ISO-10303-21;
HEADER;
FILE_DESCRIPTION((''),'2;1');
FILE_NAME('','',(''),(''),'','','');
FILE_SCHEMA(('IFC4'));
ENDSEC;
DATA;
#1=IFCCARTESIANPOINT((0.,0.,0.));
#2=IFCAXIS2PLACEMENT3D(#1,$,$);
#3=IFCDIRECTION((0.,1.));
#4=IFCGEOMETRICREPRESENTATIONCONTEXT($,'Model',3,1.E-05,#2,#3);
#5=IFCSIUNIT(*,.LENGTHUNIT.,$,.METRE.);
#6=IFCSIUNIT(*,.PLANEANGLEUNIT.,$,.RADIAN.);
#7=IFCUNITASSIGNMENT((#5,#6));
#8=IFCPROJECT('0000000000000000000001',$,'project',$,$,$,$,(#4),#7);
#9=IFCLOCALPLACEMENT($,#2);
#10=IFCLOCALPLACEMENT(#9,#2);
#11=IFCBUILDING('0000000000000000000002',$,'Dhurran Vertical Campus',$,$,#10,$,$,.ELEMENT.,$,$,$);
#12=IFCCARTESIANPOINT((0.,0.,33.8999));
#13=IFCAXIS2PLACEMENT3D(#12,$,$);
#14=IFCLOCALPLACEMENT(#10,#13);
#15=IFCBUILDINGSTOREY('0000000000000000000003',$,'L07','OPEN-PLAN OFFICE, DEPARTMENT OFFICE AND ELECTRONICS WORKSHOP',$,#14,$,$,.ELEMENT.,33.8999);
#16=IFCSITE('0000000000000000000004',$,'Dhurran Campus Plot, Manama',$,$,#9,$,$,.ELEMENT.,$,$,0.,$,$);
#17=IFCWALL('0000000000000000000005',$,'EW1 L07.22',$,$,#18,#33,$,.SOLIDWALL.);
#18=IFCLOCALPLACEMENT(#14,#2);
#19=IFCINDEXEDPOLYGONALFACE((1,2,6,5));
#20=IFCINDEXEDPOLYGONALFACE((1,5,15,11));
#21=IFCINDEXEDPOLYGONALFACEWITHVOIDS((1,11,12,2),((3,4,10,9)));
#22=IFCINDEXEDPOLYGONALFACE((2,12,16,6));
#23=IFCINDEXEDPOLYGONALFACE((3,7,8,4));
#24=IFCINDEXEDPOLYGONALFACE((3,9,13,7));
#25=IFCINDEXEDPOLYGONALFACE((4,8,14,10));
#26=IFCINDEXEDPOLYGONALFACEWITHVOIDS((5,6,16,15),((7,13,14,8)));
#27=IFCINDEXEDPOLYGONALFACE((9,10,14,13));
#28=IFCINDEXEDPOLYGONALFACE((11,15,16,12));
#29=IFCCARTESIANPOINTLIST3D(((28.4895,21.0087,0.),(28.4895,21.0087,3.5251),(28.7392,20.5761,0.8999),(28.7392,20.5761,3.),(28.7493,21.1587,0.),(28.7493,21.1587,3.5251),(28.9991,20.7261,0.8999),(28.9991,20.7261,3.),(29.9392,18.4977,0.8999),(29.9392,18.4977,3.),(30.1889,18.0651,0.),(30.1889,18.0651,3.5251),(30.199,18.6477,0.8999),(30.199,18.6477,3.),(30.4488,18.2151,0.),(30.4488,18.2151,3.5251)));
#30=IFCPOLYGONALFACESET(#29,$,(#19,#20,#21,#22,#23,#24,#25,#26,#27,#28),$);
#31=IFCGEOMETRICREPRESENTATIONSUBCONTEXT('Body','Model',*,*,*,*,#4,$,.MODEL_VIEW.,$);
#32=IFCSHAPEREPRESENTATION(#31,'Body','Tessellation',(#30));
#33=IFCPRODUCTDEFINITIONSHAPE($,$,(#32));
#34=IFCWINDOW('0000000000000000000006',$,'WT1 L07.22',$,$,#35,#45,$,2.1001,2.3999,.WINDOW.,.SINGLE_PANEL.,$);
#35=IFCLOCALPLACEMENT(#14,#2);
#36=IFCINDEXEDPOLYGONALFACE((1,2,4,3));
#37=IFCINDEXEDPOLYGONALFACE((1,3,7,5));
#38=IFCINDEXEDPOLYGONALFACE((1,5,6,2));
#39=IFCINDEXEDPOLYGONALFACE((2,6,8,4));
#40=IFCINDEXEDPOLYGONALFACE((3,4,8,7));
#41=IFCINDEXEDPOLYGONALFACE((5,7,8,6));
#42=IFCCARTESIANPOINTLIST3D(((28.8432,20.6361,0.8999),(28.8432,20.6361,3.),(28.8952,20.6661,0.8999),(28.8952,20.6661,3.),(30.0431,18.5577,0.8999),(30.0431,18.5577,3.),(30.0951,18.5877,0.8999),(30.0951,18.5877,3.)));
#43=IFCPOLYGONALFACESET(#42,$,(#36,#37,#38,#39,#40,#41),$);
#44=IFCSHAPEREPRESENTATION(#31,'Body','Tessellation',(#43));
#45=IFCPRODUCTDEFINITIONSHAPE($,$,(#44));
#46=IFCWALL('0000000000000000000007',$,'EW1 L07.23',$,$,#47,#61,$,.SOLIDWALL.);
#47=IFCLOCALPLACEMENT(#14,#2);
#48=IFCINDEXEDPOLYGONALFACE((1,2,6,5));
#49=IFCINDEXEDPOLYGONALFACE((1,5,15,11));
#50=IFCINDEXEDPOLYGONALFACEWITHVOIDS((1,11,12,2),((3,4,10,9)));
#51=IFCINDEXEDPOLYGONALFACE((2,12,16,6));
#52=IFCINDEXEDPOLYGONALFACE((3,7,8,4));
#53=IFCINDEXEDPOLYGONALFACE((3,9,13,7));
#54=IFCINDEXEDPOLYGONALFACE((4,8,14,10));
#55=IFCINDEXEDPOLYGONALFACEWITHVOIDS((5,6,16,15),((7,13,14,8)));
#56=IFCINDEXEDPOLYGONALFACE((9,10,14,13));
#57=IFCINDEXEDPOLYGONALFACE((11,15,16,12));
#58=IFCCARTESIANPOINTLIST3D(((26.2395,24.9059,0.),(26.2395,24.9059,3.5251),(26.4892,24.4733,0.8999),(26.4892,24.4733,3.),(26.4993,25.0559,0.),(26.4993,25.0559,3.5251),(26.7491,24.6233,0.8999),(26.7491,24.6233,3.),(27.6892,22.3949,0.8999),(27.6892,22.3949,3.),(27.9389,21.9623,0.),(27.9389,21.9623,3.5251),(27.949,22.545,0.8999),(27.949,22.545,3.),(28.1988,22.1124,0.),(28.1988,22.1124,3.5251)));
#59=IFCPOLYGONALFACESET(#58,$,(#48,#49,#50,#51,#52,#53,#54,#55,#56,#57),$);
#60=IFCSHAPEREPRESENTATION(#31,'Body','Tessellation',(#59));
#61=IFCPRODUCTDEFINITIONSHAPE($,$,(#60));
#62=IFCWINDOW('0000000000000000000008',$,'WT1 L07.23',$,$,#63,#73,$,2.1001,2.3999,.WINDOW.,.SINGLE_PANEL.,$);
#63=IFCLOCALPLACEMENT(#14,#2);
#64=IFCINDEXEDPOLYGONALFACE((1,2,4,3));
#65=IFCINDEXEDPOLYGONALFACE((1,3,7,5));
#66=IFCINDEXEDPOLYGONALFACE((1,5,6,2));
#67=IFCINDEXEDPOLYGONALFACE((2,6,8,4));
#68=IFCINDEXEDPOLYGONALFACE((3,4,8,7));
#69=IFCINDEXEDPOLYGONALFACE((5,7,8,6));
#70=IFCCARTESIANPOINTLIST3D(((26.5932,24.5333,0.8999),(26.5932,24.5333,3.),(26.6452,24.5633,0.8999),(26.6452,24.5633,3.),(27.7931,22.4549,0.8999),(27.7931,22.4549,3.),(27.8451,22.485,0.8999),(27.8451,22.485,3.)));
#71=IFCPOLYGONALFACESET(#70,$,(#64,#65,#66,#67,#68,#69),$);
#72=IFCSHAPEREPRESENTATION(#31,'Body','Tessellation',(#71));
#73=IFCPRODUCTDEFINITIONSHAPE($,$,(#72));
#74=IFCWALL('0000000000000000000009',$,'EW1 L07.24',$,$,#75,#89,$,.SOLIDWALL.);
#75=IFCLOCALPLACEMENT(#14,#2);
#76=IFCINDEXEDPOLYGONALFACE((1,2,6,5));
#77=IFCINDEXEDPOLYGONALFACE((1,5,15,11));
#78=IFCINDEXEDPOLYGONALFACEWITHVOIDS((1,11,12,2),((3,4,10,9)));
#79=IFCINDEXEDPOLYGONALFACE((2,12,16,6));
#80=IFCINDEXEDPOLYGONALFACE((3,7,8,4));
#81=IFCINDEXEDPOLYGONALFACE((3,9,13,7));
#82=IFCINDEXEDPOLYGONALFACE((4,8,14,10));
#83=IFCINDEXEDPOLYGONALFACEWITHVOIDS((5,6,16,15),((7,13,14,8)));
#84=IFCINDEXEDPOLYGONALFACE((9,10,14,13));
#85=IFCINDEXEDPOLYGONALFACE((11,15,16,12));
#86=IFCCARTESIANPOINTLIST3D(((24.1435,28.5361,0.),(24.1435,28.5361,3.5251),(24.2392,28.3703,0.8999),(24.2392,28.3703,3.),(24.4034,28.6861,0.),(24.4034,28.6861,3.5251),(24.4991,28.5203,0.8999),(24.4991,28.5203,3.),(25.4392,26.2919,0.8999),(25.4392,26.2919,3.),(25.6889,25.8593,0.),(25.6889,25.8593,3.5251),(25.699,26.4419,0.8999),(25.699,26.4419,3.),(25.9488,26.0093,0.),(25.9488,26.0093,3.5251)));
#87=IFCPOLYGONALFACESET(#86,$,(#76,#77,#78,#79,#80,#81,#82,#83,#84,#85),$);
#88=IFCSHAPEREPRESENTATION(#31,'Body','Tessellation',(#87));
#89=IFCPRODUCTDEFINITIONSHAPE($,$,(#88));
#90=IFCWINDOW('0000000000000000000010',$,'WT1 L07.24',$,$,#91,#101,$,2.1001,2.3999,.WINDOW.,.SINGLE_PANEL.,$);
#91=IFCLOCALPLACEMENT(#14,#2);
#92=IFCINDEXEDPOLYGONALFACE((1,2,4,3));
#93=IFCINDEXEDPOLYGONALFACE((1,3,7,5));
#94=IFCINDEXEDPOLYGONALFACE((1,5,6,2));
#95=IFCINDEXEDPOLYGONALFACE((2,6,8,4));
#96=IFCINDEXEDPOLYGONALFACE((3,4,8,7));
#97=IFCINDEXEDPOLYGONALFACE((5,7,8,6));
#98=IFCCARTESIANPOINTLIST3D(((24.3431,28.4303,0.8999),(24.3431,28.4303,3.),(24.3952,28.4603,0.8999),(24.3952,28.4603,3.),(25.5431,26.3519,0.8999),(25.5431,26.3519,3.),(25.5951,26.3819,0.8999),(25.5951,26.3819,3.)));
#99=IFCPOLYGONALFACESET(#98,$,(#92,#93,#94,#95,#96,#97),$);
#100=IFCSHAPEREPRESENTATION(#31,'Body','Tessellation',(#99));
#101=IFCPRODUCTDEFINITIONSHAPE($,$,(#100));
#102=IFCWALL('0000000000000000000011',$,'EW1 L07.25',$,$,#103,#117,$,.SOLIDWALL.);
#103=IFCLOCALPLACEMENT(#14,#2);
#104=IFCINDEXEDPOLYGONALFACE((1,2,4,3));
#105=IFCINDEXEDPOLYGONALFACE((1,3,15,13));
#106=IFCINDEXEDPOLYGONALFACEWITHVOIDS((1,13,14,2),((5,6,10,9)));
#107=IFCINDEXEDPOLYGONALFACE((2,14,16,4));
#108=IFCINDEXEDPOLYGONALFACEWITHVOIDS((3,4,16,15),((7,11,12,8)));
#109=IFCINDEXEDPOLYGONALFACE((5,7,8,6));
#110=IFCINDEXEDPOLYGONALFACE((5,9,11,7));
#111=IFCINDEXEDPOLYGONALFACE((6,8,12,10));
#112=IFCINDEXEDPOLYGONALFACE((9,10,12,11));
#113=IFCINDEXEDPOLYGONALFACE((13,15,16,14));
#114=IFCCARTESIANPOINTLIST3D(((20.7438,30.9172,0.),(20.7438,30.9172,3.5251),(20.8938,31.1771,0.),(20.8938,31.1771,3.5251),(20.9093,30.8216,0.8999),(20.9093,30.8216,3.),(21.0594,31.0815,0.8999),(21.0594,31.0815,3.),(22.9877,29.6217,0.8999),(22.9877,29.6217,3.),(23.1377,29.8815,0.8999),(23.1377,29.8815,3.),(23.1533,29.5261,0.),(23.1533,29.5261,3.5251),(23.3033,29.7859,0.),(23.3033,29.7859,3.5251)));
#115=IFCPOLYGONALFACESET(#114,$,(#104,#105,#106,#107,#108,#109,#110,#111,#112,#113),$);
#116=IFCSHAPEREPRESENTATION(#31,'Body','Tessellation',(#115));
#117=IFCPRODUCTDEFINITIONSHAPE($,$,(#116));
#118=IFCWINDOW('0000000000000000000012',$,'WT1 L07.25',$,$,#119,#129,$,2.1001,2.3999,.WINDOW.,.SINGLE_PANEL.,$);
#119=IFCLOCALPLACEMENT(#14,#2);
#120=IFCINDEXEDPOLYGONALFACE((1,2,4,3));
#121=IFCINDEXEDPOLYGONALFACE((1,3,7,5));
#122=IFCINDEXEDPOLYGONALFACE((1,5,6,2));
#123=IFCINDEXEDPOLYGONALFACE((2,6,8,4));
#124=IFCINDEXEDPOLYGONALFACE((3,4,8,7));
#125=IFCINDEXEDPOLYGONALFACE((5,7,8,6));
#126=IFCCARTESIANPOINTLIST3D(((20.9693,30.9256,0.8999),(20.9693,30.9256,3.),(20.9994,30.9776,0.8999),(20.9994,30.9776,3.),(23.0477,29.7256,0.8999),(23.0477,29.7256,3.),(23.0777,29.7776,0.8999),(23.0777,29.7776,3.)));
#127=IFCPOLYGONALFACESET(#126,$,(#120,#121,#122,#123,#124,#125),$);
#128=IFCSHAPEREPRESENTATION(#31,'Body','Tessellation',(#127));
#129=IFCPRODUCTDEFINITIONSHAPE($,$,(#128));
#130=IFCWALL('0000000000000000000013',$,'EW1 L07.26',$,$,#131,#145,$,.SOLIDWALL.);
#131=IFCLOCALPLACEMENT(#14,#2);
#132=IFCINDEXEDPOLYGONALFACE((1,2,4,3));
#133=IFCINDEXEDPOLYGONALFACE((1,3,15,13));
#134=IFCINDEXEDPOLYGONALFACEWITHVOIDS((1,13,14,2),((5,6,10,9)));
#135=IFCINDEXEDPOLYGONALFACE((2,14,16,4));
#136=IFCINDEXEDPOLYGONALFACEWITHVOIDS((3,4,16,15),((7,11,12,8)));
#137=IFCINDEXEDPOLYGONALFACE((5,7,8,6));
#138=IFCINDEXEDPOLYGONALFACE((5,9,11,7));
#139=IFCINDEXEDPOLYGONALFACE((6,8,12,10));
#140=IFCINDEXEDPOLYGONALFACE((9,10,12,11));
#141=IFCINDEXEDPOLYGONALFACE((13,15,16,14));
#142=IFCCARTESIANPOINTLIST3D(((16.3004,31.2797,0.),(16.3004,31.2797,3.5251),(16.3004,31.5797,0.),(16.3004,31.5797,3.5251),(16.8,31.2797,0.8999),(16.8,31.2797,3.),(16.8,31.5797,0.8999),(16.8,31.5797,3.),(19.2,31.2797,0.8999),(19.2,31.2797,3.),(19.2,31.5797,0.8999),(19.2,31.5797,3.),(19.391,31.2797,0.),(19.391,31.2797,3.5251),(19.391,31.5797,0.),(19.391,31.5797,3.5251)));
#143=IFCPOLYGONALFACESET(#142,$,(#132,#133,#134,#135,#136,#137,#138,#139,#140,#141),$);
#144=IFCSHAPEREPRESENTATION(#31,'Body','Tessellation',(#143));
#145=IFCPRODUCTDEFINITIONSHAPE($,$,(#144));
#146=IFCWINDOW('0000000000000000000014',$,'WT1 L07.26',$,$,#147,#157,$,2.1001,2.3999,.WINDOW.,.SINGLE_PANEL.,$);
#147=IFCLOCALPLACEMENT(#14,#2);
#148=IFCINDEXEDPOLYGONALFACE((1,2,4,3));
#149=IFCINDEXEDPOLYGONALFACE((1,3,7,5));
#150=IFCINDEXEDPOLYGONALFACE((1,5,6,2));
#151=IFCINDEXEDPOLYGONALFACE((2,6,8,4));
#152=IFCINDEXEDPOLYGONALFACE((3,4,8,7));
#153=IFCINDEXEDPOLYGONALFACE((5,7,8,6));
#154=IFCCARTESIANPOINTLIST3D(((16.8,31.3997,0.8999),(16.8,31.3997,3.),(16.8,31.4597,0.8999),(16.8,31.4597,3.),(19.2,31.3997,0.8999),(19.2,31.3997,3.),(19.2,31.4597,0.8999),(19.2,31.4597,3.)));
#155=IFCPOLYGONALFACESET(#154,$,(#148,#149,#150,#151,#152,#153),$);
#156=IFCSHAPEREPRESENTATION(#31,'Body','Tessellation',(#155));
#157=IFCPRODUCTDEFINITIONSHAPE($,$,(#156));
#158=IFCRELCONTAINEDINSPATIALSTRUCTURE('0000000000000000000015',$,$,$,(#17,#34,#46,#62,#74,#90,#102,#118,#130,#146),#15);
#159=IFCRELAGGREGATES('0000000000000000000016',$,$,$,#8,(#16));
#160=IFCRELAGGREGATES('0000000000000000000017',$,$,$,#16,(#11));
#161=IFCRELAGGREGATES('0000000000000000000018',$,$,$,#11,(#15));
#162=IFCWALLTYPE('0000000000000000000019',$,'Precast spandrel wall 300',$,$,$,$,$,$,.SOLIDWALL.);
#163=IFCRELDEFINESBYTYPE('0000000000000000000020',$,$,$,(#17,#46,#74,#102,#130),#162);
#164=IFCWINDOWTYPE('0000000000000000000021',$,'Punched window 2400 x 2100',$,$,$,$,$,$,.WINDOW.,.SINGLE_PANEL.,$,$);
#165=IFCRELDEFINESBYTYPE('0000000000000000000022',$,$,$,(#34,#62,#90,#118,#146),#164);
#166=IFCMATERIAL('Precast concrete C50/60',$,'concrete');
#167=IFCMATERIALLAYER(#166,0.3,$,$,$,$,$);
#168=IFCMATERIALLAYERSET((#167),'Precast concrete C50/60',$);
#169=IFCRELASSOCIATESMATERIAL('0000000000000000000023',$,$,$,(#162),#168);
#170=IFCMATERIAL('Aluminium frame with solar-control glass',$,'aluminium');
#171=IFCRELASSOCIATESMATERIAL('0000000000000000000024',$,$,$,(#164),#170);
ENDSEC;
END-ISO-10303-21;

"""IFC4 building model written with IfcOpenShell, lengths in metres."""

from ifc_helpers import new_model, si_unit, direction, frame, frame_2d, origin, place, context, subcontext, project, spatial, rectangle, extrude, material, layer, layer_set, type_object, element, fill, save


model = new_model("IFC4")

# Units and contexts
model_context = context("Model", 3, precision=1e-05, world=origin(), true_north=direction((0.0, 1.0)))
body_context = subcontext(model_context, "Body", "Model", "MODEL_VIEW")
ifc_project = project(units=[si_unit("LENGTHUNIT", "METRE"), si_unit("PLANEANGLEUNIT", "RADIAN")], contexts=[model_context])

# Site, building, storey
site_placement = place(None, origin())
site = spatial("IfcSite", under=ifc_project, at=site_placement, Name="Dhurran Campus Plot, Manama", CompositionType="ELEMENT", RefElevation=0.0)
building_placement = place(site_placement, origin())
building = spatial("IfcBuilding", under=site, at=building_placement, Name="Dhurran Vertical Campus", CompositionType="ELEMENT")
storey_placement = place(building_placement, frame((0.0, 0.0, 33.8999)))
storey = spatial("IfcBuildingStorey", under=building, at=storey_placement, Name="L07", Description="OPEN-PLAN OFFICE, DEPARTMENT OFFICE AND ELECTRONICS WORKSHOP", CompositionType="ELEMENT", Elevation=33.8999)

# Walls, openings, windows
ifc_material_1 = material(Name="Precast concrete C50/60", Category="concrete")
ifc_layer_1 = layer(ifc_material_1, 0.3)
ifc_layer_set_1 = layer_set([ifc_layer_1], Name="Precast concrete C50/60")
wall_type_1 = type_object("IfcWallType", Name="Precast spandrel wall 300", PredefinedType="SOLIDWALL", material=ifc_layer_set_1)
ifc_material_2 = material(Name="Aluminium frame with solar-control glass", Category="aluminium")
window_type = type_object("IfcWindowType", Name="Punched window 2400 x 2100", PartitioningType="SINGLE_PANEL", PredefinedType="WINDOW", material=ifc_material_2)
wall_1_placement = place(storey_placement, frame((30.3188, 18.1401, 0.0), z_axis=(0.0, 0.0, 1.0), x_axis=(-0.499994, 0.866029, 0.0)))
wall_1 = element("IfcWall", 1, at=wall_1_placement, inside=storey, type_object=wall_type_1, Name="EW1 L07.22", PredefinedType="SOLIDWALL", context=body_context, shape_type="SweptSolid", body=[
    extrude(rectangle(XDim=3.3989, YDim=0.3, at=frame_2d((1.6995, 0.0))), origin(), (0.0, 0.0, 1.0), 3.5251),
])
opening_1_placement = place(wall_1_placement, frame((0.4995, 0.0, 0.8999)))
opening_1 = element("IfcOpeningElement", 2, at=opening_1_placement, cuts=wall_1, PredefinedType="OPENING", context=body_context, shape_type="SweptSolid", body=[
    extrude(rectangle(XDim=2.3999, YDim=2.1001, at=frame_2d((1.2, 1.05))), frame((0.0, 0.1599, 0.0), z_axis=(0.0, -1.0, 0.0), x_axis=(1.0, 0.0, 0.0)), (0.0, 0.0, 1.0), 0.3201),
])
window_1_placement = place(opening_1_placement, origin())
window_1 = element("IfcWindow", 3, at=window_1_placement, inside=storey, type_object=window_type, Name="WT1 L07.22", OverallHeight=2.1001, OverallWidth=2.3999, PartitioningType="SINGLE_PANEL", PredefinedType="WINDOW", context=body_context, shape_type="SweptSolid", body=[
    extrude(rectangle(XDim=2.3999, YDim=2.1001, at=frame_2d((1.2, 1.05))), frame((0.0, 0.03, 0.0), z_axis=(0.0, -1.0, 0.0), x_axis=(1.0, 0.0, 0.0)), (0.0, 0.0, 1.0), 0.0601),
])
fill(opening_1, window_1)
wall_2_placement = place(storey_placement, frame((28.0688, 22.0374, 0.0), z_axis=(0.0, 0.0, 1.0), x_axis=(-0.499994, 0.866029, 0.0)))
wall_2 = element("IfcWall", 4, at=wall_2_placement, inside=storey, type_object=wall_type_1, Name="EW1 L07.23", PredefinedType="SOLIDWALL", context=body_context, shape_type="SweptSolid", body=[
    extrude(rectangle(XDim=3.3989, YDim=0.3, at=frame_2d((1.6995, 0.0))), origin(), (0.0, 0.0, 1.0), 3.5251),
])
opening_2_placement = place(wall_2_placement, frame((0.4995, 0.0, 0.8999)))
opening_2 = element("IfcOpeningElement", 5, at=opening_2_placement, cuts=wall_2, PredefinedType="OPENING", context=body_context, shape_type="SweptSolid", body=[
    extrude(rectangle(XDim=2.3999, YDim=2.1001, at=frame_2d((1.2, 1.05))), frame((0.0, 0.1599, 0.0), z_axis=(0.0, -1.0, 0.0), x_axis=(1.0, 0.0, 0.0)), (0.0, 0.0, 1.0), 0.3201),
])
window_2_placement = place(opening_2_placement, origin())
window_2 = element("IfcWindow", 6, at=window_2_placement, inside=storey, type_object=window_type, Name="WT1 L07.23", OverallHeight=2.1001, OverallWidth=2.3999, PartitioningType="SINGLE_PANEL", PredefinedType="WINDOW", context=body_context, shape_type="SweptSolid", body=[
    extrude(rectangle(XDim=2.3999, YDim=2.1001, at=frame_2d((1.2, 1.05))), frame((0.0, 0.03, 0.0), z_axis=(0.0, -1.0, 0.0), x_axis=(1.0, 0.0, 0.0)), (0.0, 0.0, 1.0), 0.0601),
])
fill(opening_2, window_2)
wall_3_placement = place(storey_placement, frame((25.8188, 25.9343, 0.0), z_axis=(0.0, 0.0, 1.0), x_axis=(-0.499996, 0.866028, 0.0)))
wall_3 = element("IfcWall", 7, at=wall_3_placement, inside=storey, type_object=wall_type_1, Name="EW1 L07.24", PredefinedType="SOLIDWALL", context=body_context, shape_type="SweptSolid", body=[
    extrude(rectangle(XDim=3.0908, YDim=0.3, at=frame_2d((1.5454, 0.0))), origin(), (0.0, 0.0, 1.0), 3.5251),
])
opening_3_placement = place(wall_3_placement, frame((0.4995, 0.0, 0.8999)))
opening_3 = element("IfcOpeningElement", 8, at=opening_3_placement, cuts=wall_3, PredefinedType="OPENING", context=body_context, shape_type="SweptSolid", body=[
    extrude(rectangle(XDim=2.3999, YDim=2.1001, at=frame_2d((1.2, 1.05))), frame((0.0, 0.1599, 0.0), z_axis=(0.0, -1.0, 0.0), x_axis=(1.0, 0.0, 0.0)), (0.0, 0.0, 1.0), 0.3201),
])
window_3_placement = place(opening_3_placement, origin())
window_3 = element("IfcWindow", 9, at=window_3_placement, inside=storey, type_object=window_type, Name="WT1 L07.24", OverallHeight=2.1001, OverallWidth=2.3999, PartitioningType="SINGLE_PANEL", PredefinedType="WINDOW", context=body_context, shape_type="SweptSolid", body=[
    extrude(rectangle(XDim=2.3999, YDim=2.1001, at=frame_2d((1.2, 1.05))), frame((0.0, 0.03, 0.0), z_axis=(0.0, -1.0, 0.0), x_axis=(1.0, 0.0, 0.0)), (0.0, 0.0, 1.0), 0.0601),
])
fill(opening_3, window_3)
wall_4_placement = place(storey_placement, frame((23.2283, 29.656, 0.0), z_axis=(0.0, 0.0, 1.0), x_axis=(-0.86602, 0.500009, 0.0)))
wall_4 = element("IfcWall", 10, at=wall_4_placement, inside=storey, type_object=wall_type_1, Name="EW1 L07.25", PredefinedType="SOLIDWALL", context=body_context, shape_type="SweptSolid", body=[
    extrude(rectangle(XDim=2.7822, YDim=0.3, at=frame_2d((1.3911, 0.0))), origin(), (0.0, 0.0, 1.0), 3.5251),
])
opening_4_placement = place(wall_4_placement, frame((0.1912, 0.0, 0.8999)))
opening_4 = element("IfcOpeningElement", 11, at=opening_4_placement, cuts=wall_4, PredefinedType="OPENING", context=body_context, shape_type="SweptSolid", body=[
    extrude(rectangle(XDim=2.3999, YDim=2.1001, at=frame_2d((1.2, 1.05))), frame((0.0, 0.1599, 0.0), z_axis=(0.0, -1.0, 0.0), x_axis=(1.0, 0.0, 0.0)), (0.0, 0.0, 1.0), 0.3201),
])
window_4_placement = place(opening_4_placement, origin())
window_4 = element("IfcWindow", 12, at=window_4_placement, inside=storey, type_object=window_type, Name="WT1 L07.25", OverallHeight=2.1001, OverallWidth=2.3999, PartitioningType="SINGLE_PANEL", PredefinedType="WINDOW", context=body_context, shape_type="SweptSolid", body=[
    extrude(rectangle(XDim=2.3999, YDim=2.1001, at=frame_2d((1.2, 1.05))), frame((0.0, 0.03, 0.0), z_axis=(0.0, -1.0, 0.0), x_axis=(1.0, 0.0, 0.0)), (0.0, 0.0, 1.0), 0.0601),
])
fill(opening_4, window_4)
wall_5_placement = place(storey_placement, frame((19.3911, 31.4297, 0.0), z_axis=(0.0, 0.0, 1.0), x_axis=(-1.0, 0.0, 0.0)))
wall_5 = element("IfcWall", 13, at=wall_5_placement, inside=storey, type_object=wall_type_1, Name="EW1 L07.26", PredefinedType="SOLIDWALL", context=body_context, shape_type="SweptSolid", body=[
    extrude(rectangle(XDim=3.0906, YDim=0.3, at=frame_2d((1.5454, 0.0))), origin(), (0.0, 0.0, 1.0), 3.5251),
])
opening_5_placement = place(wall_5_placement, frame((0.1912, 0.0, 0.8999)))
opening_5 = element("IfcOpeningElement", 14, at=opening_5_placement, cuts=wall_5, PredefinedType="OPENING", context=body_context, shape_type="SweptSolid", body=[
    extrude(rectangle(XDim=2.3999, YDim=2.1001, at=frame_2d((1.2, 1.05))), frame((0.0, 0.1599, 0.0), z_axis=(0.0, -1.0, 0.0), x_axis=(1.0, 0.0, 0.0)), (0.0, 0.0, 1.0), 0.3201),
])
window_5_placement = place(opening_5_placement, origin())
window_5 = element("IfcWindow", 15, at=window_5_placement, inside=storey, type_object=window_type, Name="WT1 L07.26", OverallHeight=2.1001, OverallWidth=2.3999, PartitioningType="SINGLE_PANEL", PredefinedType="WINDOW", context=body_context, shape_type="SweptSolid", body=[
    extrude(rectangle(XDim=2.3999, YDim=2.1001, at=frame_2d((1.2, 1.05))), frame((0.0, 0.03, 0.0), z_axis=(0.0, -1.0, 0.0), x_axis=(1.0, 0.0, 0.0)), (0.0, 0.0, 1.0), 0.0601),
])
fill(opening_5, window_5)

save(model, "model.ifc")
